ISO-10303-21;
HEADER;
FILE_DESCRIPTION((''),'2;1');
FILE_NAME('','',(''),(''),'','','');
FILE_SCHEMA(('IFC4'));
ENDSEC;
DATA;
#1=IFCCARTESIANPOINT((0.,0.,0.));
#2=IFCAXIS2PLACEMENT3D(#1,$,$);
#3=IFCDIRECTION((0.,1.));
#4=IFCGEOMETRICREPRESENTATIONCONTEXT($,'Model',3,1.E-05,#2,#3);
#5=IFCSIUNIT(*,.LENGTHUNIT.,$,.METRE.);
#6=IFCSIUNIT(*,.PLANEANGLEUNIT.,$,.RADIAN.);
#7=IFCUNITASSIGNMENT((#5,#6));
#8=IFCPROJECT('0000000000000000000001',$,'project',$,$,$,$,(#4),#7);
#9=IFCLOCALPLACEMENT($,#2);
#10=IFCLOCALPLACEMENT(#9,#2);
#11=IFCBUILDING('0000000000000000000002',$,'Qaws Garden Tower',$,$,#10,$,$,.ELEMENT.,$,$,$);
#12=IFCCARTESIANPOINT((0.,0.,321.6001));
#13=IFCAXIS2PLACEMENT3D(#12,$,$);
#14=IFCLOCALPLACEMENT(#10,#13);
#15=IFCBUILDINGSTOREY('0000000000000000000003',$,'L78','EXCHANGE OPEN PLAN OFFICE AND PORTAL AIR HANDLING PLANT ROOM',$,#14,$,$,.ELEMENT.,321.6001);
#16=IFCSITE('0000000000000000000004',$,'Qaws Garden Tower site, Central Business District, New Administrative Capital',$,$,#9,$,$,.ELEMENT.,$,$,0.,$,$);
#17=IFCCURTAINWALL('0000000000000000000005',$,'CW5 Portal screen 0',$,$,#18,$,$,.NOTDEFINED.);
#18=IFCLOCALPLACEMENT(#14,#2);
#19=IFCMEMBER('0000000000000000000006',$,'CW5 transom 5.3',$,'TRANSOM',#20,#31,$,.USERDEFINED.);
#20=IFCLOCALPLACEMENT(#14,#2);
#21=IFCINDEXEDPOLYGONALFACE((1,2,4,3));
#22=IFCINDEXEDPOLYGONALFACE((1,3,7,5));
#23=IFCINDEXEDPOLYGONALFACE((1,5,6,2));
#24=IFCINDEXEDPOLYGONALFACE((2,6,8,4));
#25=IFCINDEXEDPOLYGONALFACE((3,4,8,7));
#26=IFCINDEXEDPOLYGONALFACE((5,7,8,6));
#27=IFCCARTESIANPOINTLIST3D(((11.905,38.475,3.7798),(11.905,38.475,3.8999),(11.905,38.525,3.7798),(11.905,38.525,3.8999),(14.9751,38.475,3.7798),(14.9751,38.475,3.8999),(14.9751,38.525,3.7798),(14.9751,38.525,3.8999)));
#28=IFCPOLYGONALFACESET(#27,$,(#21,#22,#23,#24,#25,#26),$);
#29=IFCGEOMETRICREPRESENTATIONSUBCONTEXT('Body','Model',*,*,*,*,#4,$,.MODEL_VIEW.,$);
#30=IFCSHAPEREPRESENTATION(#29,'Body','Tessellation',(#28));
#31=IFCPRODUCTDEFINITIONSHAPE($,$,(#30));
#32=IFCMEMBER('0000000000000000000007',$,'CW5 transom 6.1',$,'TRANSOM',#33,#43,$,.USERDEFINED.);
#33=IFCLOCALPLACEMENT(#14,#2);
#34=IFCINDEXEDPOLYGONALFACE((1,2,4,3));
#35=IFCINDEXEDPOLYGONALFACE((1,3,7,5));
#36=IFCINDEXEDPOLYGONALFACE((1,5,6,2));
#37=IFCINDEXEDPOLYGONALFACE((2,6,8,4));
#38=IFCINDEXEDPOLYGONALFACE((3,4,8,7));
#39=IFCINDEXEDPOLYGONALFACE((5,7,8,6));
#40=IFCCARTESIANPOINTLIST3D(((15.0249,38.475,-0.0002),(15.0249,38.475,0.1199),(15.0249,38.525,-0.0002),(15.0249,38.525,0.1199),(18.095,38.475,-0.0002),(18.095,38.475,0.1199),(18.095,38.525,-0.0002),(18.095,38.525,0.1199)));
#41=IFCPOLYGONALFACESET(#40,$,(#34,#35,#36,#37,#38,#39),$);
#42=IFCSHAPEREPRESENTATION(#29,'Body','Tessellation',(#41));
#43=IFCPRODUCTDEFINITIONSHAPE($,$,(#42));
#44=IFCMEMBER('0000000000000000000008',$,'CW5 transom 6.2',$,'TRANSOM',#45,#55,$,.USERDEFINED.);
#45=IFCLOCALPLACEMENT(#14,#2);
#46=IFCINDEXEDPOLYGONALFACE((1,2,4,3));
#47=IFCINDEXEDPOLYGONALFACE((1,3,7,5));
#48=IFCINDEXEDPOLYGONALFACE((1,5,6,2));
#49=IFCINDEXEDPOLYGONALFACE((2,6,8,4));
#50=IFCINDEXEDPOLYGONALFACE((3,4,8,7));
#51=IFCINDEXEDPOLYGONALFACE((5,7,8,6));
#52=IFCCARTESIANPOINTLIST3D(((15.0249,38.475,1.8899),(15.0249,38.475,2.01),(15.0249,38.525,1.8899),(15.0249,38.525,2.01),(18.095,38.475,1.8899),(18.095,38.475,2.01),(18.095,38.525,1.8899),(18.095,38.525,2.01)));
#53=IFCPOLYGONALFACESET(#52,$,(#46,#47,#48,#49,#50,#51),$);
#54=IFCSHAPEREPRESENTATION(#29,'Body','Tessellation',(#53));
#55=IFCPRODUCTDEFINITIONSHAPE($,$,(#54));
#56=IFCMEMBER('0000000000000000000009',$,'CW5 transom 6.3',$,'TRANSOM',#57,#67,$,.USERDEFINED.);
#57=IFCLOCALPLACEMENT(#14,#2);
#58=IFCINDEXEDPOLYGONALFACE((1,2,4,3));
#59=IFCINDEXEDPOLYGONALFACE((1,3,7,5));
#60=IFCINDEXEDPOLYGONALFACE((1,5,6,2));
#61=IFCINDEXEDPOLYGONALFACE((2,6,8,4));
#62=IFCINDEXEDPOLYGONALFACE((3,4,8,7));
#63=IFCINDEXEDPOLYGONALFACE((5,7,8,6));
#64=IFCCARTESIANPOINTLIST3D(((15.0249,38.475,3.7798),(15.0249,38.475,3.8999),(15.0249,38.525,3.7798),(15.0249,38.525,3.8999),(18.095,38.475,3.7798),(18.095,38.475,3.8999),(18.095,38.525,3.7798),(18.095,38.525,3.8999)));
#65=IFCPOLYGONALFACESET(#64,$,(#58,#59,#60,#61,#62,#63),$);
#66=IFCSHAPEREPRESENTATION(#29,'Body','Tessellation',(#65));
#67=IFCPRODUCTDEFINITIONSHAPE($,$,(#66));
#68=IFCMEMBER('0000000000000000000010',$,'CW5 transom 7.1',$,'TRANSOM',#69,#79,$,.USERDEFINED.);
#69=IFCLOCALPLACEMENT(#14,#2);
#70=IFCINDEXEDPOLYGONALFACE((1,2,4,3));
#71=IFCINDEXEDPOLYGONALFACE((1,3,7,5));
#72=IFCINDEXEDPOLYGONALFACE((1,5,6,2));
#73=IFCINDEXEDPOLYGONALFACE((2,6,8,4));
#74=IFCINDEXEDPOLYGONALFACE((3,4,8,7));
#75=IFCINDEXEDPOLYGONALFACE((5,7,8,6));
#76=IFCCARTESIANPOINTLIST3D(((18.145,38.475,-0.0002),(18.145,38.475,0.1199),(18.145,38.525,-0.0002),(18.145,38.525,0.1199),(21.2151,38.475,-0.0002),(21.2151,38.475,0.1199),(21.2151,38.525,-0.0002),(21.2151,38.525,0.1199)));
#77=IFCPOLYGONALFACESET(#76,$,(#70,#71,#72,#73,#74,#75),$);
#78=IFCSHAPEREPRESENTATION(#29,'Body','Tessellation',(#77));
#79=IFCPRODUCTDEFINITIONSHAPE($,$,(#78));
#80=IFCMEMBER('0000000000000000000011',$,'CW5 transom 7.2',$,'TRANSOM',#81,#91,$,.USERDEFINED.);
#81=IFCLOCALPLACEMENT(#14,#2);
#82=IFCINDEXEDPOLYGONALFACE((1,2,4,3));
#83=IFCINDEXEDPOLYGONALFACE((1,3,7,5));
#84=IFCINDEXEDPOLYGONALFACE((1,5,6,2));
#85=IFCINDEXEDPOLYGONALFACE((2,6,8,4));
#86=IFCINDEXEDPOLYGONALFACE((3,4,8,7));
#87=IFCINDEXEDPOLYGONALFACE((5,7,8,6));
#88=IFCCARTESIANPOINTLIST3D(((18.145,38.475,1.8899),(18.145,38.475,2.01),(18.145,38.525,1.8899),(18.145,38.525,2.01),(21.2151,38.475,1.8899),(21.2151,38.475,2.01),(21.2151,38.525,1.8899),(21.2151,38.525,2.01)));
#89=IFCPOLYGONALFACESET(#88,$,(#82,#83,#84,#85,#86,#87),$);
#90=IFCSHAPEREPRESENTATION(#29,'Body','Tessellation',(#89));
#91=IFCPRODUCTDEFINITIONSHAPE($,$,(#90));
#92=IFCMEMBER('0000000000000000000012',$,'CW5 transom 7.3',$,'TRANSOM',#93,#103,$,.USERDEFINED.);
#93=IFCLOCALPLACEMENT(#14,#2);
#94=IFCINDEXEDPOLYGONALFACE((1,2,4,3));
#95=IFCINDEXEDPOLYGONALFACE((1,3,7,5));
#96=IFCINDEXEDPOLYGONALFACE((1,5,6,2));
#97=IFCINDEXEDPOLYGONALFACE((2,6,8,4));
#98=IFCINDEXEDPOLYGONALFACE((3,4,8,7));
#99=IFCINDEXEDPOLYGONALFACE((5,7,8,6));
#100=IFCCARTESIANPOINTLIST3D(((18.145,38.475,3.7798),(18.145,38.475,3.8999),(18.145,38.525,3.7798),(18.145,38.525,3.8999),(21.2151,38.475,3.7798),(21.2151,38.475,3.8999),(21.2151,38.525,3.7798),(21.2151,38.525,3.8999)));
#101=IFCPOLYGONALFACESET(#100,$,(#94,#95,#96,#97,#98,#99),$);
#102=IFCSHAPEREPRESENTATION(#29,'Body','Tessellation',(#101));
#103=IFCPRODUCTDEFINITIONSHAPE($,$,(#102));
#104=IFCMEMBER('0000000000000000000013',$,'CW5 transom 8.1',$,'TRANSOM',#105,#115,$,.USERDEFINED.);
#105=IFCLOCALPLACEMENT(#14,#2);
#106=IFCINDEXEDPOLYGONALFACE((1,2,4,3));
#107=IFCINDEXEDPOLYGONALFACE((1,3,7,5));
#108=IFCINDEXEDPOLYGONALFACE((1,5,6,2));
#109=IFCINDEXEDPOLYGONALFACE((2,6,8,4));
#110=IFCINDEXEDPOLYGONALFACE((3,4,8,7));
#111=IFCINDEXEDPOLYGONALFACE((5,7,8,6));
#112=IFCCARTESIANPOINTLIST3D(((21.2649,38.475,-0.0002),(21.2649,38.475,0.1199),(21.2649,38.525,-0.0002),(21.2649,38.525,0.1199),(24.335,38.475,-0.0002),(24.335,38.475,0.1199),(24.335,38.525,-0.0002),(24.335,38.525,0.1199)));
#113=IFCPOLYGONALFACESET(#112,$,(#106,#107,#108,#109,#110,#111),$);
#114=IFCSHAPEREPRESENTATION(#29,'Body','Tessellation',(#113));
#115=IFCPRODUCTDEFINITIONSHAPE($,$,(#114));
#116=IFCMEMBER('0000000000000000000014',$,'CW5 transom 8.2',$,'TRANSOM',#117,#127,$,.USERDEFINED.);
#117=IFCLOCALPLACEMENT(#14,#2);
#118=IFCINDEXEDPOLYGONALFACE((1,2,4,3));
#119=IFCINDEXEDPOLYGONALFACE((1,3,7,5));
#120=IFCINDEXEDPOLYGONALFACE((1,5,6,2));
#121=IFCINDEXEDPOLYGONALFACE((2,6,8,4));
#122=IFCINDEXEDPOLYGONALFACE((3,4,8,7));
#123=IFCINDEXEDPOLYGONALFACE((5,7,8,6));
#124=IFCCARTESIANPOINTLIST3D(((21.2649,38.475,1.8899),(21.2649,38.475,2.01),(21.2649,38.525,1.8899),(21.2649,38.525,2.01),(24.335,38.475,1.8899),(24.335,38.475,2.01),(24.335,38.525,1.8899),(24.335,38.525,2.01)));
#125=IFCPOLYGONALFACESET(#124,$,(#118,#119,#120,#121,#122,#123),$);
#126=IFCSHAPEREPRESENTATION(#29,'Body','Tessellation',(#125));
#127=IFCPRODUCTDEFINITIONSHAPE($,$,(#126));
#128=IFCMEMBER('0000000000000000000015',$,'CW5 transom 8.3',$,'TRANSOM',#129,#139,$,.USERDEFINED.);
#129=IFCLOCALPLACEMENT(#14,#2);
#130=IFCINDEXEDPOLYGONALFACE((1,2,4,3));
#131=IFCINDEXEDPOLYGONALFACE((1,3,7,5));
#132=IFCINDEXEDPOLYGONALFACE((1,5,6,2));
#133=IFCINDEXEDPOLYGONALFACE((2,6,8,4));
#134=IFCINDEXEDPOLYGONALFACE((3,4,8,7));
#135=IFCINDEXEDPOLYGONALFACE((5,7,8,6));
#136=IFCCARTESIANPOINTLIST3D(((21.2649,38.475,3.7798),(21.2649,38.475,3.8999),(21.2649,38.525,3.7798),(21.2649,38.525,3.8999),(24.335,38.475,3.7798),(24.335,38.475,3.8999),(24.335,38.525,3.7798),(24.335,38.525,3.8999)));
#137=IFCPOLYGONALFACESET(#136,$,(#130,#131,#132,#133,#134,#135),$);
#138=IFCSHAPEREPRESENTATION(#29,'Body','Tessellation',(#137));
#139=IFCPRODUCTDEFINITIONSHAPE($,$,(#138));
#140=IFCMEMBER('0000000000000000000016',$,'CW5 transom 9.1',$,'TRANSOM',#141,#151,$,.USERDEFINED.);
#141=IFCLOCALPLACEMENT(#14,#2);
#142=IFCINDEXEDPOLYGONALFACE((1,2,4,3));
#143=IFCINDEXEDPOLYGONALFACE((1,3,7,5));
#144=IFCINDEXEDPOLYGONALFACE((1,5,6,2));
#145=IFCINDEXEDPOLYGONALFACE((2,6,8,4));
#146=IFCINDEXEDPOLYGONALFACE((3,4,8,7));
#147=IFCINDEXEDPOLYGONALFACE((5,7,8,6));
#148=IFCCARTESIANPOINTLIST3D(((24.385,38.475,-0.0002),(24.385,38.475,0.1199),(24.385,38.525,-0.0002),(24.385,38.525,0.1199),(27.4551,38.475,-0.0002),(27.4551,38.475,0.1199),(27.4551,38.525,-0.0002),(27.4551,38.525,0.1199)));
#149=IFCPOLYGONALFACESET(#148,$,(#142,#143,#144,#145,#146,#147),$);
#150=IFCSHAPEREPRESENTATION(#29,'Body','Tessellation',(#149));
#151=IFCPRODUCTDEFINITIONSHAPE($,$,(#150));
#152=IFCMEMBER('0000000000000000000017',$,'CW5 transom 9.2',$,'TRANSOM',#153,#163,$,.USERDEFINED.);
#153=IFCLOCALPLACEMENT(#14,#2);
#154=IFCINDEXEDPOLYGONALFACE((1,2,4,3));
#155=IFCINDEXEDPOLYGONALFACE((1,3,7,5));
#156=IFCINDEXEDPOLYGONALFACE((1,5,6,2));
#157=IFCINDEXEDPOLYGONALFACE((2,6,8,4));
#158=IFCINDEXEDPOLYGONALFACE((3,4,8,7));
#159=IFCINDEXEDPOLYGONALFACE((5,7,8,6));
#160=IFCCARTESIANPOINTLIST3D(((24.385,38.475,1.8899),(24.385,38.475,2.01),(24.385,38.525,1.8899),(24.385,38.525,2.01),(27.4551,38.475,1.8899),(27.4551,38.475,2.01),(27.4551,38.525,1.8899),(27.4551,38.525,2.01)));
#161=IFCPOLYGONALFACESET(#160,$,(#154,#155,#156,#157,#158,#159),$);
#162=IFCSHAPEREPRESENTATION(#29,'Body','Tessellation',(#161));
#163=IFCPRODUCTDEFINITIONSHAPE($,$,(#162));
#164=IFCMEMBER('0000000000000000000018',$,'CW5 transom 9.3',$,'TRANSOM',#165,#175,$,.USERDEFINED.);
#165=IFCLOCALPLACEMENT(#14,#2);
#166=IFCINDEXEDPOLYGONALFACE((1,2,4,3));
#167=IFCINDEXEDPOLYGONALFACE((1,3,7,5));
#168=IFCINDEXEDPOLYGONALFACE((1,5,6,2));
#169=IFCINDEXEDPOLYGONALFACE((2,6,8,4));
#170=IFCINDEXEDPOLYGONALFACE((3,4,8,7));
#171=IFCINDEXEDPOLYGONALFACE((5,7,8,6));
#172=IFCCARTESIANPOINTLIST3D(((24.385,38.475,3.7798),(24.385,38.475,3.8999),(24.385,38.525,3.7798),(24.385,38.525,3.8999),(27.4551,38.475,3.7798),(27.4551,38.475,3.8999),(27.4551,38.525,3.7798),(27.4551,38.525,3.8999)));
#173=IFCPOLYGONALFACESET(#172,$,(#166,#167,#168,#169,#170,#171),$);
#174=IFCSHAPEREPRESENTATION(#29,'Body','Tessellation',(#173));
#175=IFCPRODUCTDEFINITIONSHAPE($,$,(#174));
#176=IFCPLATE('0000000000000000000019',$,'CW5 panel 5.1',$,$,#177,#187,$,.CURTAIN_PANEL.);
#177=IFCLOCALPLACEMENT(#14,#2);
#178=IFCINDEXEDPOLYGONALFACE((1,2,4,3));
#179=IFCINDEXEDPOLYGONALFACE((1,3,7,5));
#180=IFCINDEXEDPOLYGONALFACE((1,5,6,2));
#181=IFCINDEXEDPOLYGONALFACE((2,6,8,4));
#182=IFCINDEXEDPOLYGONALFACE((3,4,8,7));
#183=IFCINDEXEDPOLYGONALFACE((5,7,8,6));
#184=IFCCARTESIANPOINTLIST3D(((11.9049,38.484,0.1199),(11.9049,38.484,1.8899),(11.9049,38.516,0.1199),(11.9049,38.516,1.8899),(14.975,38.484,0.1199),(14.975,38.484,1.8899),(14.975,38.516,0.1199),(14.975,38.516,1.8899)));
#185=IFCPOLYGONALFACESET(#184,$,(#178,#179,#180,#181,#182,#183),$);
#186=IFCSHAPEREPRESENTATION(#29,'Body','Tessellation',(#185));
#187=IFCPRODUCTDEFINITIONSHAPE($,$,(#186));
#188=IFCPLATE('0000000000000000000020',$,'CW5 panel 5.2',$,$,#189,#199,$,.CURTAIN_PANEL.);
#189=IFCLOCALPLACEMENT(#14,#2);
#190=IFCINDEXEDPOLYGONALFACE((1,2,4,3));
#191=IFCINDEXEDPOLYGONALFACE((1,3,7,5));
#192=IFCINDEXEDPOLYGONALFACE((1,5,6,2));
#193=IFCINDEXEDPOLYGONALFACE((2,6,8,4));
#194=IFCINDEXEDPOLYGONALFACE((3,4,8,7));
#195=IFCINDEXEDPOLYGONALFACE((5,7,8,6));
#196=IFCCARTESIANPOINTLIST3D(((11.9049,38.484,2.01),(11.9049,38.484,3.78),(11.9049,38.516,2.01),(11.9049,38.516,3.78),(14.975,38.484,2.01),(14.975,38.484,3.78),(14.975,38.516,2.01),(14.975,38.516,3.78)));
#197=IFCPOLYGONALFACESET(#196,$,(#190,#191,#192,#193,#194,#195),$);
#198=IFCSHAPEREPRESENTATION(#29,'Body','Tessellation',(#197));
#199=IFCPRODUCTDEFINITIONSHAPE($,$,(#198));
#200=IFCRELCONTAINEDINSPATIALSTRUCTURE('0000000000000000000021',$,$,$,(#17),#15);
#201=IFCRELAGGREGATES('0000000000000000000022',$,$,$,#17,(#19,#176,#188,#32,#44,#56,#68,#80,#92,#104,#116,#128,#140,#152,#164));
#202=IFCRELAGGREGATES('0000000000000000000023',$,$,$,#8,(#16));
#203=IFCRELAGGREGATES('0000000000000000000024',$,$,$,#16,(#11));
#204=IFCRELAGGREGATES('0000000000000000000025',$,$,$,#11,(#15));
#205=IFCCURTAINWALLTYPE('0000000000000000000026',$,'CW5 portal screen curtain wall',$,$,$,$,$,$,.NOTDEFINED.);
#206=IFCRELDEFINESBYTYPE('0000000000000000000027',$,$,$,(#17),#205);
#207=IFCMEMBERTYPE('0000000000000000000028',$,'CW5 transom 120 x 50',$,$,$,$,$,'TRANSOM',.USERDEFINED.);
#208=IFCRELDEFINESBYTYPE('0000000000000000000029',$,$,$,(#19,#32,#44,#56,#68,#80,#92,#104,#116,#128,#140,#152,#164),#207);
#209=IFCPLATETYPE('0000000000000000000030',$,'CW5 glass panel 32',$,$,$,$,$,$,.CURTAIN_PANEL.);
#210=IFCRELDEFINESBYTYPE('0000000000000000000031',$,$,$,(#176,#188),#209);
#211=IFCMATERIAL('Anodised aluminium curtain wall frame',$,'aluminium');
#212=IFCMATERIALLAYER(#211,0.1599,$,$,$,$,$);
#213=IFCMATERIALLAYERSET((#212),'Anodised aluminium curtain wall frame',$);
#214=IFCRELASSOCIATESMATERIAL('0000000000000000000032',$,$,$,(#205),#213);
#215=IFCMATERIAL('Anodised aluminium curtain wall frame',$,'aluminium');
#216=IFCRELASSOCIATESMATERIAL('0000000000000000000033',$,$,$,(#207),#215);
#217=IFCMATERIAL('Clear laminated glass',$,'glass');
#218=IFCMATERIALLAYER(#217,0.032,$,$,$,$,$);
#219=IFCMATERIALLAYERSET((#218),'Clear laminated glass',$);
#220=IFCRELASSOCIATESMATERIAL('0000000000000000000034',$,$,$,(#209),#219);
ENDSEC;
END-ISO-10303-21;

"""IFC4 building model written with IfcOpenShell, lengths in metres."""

from ifc_helpers import new_model, si_unit, direction, frame, origin, origin_2d, place, context, subcontext, project, spatial, rectangle, extrude, material, layer, layer_set, material_profile, profile_set, type_object, element, aggregate, save


model = new_model("IFC4")

# Units and contexts
model_context = context("Model", 3, precision=1e-05, world=origin(), true_north=direction((0.0, 1.0)))
body_context = subcontext(model_context, "Body", "Model", "MODEL_VIEW")
ifc_project = project(units=[si_unit("LENGTHUNIT", "METRE"), si_unit("PLANEANGLEUNIT", "RADIAN")], contexts=[model_context])

# Site, building, storey
site_placement = place(None, origin())
site = spatial("IfcSite", under=ifc_project, at=site_placement, Name="Qaws Garden Tower site, Central Business District, New Administrative Capital", CompositionType="ELEMENT", RefElevation=0.0)
building_placement = place(site_placement, origin())
building = spatial("IfcBuilding", under=site, at=building_placement, Name="Qaws Garden Tower", CompositionType="ELEMENT")
storey_placement = place(building_placement, frame((0.0, 0.0, 321.6001)))
storey = spatial("IfcBuildingStorey", under=building, at=storey_placement, Name="L78", Description="EXCHANGE OPEN PLAN OFFICE AND PORTAL AIR HANDLING PLANT ROOM", CompositionType="ELEMENT", Elevation=321.6001)

# Curtain wall, members, plates
ifc_material_1 = material(Name="Anodised aluminium curtain wall frame", Category="aluminium")
ifc_layer_1 = layer(ifc_material_1, 0.1599)
ifc_layer_set_1 = layer_set([ifc_layer_1], Name="Anodised aluminium curtain wall frame")
curtain_wall_type = type_object("IfcCurtainWallType", Name="CW5 portal screen curtain wall", PredefinedType="NOTDEFINED", material=ifc_layer_set_1)
curtain_wall_placement = place(storey_placement, origin())
curtain_wall = element("IfcCurtainWall", 1, at=curtain_wall_placement, inside=storey, type_object=curtain_wall_type, Name="CW5 Portal screen 0", PredefinedType="NOTDEFINED")
ifc_material_2 = material(Name="Anodised aluminium curtain wall frame", Category="aluminium")
ifc_material_profile = material_profile(ifc_material_2, rectangle(XDim=0.05, YDim=0.1201, at=origin_2d()), Name="AL 50x120")
ifc_profile_set = profile_set([ifc_material_profile], Name="Anodised aluminium curtain wall frame")
member_type = type_object("IfcMemberType", Name="CW5 transom 120 x 50", ElementType="TRANSOM", PredefinedType="USERDEFINED", material=ifc_profile_set)
member_1_placement = place(storey_placement, frame((11.905, 38.5, 3.8398), z_axis=(1.0, 0.0, 0.0), x_axis=(0.0, 1.0, 0.0)))
member_1 = element("IfcMember", 2, at=member_1_placement, type_object=member_type, Name="CW5 transom 5.3", ObjectType="TRANSOM", PredefinedType="USERDEFINED", context=body_context, shape_type="SweptSolid", body=[
    extrude(rectangle(XDim=0.05, YDim=0.1201, at=origin_2d()), origin(), (0.0, 0.0, 1.0), 3.0701),
])
member_2_placement = place(storey_placement, frame((15.0249, 38.5, 0.0598), z_axis=(1.0, 0.0, 0.0), x_axis=(0.0, 1.0, 0.0)))
member_2 = element("IfcMember", 3, at=member_2_placement, type_object=member_type, Name="CW5 transom 6.1", ObjectType="TRANSOM", PredefinedType="USERDEFINED", context=body_context, shape_type="SweptSolid", body=[
    extrude(rectangle(XDim=0.05, YDim=0.1201, at=origin_2d()), origin(), (0.0, 0.0, 1.0), 3.0701),
])
member_3_placement = place(storey_placement, frame((15.0249, 38.5, 1.95), z_axis=(1.0, 0.0, 0.0), x_axis=(0.0, 1.0, 0.0)))
member_3 = element("IfcMember", 4, at=member_3_placement, type_object=member_type, Name="CW5 transom 6.2", ObjectType="TRANSOM", PredefinedType="USERDEFINED", context=body_context, shape_type="SweptSolid", body=[
    extrude(rectangle(XDim=0.05, YDim=0.1201, at=origin_2d()), origin(), (0.0, 0.0, 1.0), 3.0701),
])
member_4_placement = place(storey_placement, frame((15.0249, 38.5, 3.8398), z_axis=(1.0, 0.0, 0.0), x_axis=(0.0, 1.0, 0.0)))
member_4 = element("IfcMember", 5, at=member_4_placement, type_object=member_type, Name="CW5 transom 6.3", ObjectType="TRANSOM", PredefinedType="USERDEFINED", context=body_context, shape_type="SweptSolid", body=[
    extrude(rectangle(XDim=0.05, YDim=0.1201, at=origin_2d()), origin(), (0.0, 0.0, 1.0), 3.0701),
])
member_5_placement = place(storey_placement, frame((18.145, 38.5, 0.0598), z_axis=(1.0, 0.0, 0.0), x_axis=(0.0, 1.0, 0.0)))
member_5 = element("IfcMember", 6, at=member_5_placement, type_object=member_type, Name="CW5 transom 7.1", ObjectType="TRANSOM", PredefinedType="USERDEFINED", context=body_context, shape_type="SweptSolid", body=[
    extrude(rectangle(XDim=0.05, YDim=0.1201, at=origin_2d()), origin(), (0.0, 0.0, 1.0), 3.0701),
])
member_6_placement = place(storey_placement, frame((18.145, 38.5, 1.95), z_axis=(1.0, 0.0, 0.0), x_axis=(0.0, 1.0, 0.0)))
member_6 = element("IfcMember", 7, at=member_6_placement, type_object=member_type, Name="CW5 transom 7.2", ObjectType="TRANSOM", PredefinedType="USERDEFINED", context=body_context, shape_type="SweptSolid", body=[
    extrude(rectangle(XDim=0.05, YDim=0.1201, at=origin_2d()), origin(), (0.0, 0.0, 1.0), 3.0701),
])
member_7_placement = place(storey_placement, frame((18.145, 38.5, 3.8398), z_axis=(1.0, 0.0, 0.0), x_axis=(0.0, 1.0, 0.0)))
member_7 = element("IfcMember", 8, at=member_7_placement, type_object=member_type, Name="CW5 transom 7.3", ObjectType="TRANSOM", PredefinedType="USERDEFINED", context=body_context, shape_type="SweptSolid", body=[
    extrude(rectangle(XDim=0.05, YDim=0.1201, at=origin_2d()), origin(), (0.0, 0.0, 1.0), 3.0701),
])
member_8_placement = place(storey_placement, frame((21.2649, 38.5, 0.0598), z_axis=(1.0, 0.0, 0.0), x_axis=(0.0, 1.0, 0.0)))
member_8 = element("IfcMember", 9, at=member_8_placement, type_object=member_type, Name="CW5 transom 8.1", ObjectType="TRANSOM", PredefinedType="USERDEFINED", context=body_context, shape_type="SweptSolid", body=[
    extrude(rectangle(XDim=0.05, YDim=0.1201, at=origin_2d()), origin(), (0.0, 0.0, 1.0), 3.0701),
])
member_9_placement = place(storey_placement, frame((21.2649, 38.5, 1.95), z_axis=(1.0, 0.0, 0.0), x_axis=(0.0, 1.0, 0.0)))
member_9 = element("IfcMember", 10, at=member_9_placement, type_object=member_type, Name="CW5 transom 8.2", ObjectType="TRANSOM", PredefinedType="USERDEFINED", context=body_context, shape_type="SweptSolid", body=[
    extrude(rectangle(XDim=0.05, YDim=0.1201, at=origin_2d()), origin(), (0.0, 0.0, 1.0), 3.0701),
])
member_10_placement = place(storey_placement, frame((21.2649, 38.5, 3.8398), z_axis=(1.0, 0.0, 0.0), x_axis=(0.0, 1.0, 0.0)))
member_10 = element("IfcMember", 11, at=member_10_placement, type_object=member_type, Name="CW5 transom 8.3", ObjectType="TRANSOM", PredefinedType="USERDEFINED", context=body_context, shape_type="SweptSolid", body=[
    extrude(rectangle(XDim=0.05, YDim=0.1201, at=origin_2d()), origin(), (0.0, 0.0, 1.0), 3.0701),
])
member_11_placement = place(storey_placement, frame((24.385, 38.5, 0.0598), z_axis=(1.0, 0.0, 0.0), x_axis=(0.0, 1.0, 0.0)))
member_11 = element("IfcMember", 12, at=member_11_placement, type_object=member_type, Name="CW5 transom 9.1", ObjectType="TRANSOM", PredefinedType="USERDEFINED", context=body_context, shape_type="SweptSolid", body=[
    extrude(rectangle(XDim=0.05, YDim=0.1201, at=origin_2d()), origin(), (0.0, 0.0, 1.0), 3.0701),
])
member_12_placement = place(storey_placement, frame((24.385, 38.5, 1.95), z_axis=(1.0, 0.0, 0.0), x_axis=(0.0, 1.0, 0.0)))
member_12 = element("IfcMember", 13, at=member_12_placement, type_object=member_type, Name="CW5 transom 9.2", ObjectType="TRANSOM", PredefinedType="USERDEFINED", context=body_context, shape_type="SweptSolid", body=[
    extrude(rectangle(XDim=0.05, YDim=0.1201, at=origin_2d()), origin(), (0.0, 0.0, 1.0), 3.0701),
])
member_13_placement = place(storey_placement, frame((24.385, 38.5, 3.8398), z_axis=(1.0, 0.0, 0.0), x_axis=(0.0, 1.0, 0.0)))
member_13 = element("IfcMember", 14, at=member_13_placement, type_object=member_type, Name="CW5 transom 9.3", ObjectType="TRANSOM", PredefinedType="USERDEFINED", context=body_context, shape_type="SweptSolid", body=[
    extrude(rectangle(XDim=0.05, YDim=0.1201, at=origin_2d()), origin(), (0.0, 0.0, 1.0), 3.0701),
])
ifc_material_3 = material(Name="Clear laminated glass", Category="glass")
ifc_layer_2 = layer(ifc_material_3, 0.032)
ifc_layer_set_2 = layer_set([ifc_layer_2], Name="Clear laminated glass")
plate_type = type_object("IfcPlateType", Name="CW5 glass panel 32", PredefinedType="CURTAIN_PANEL", material=ifc_layer_set_2)
plate_1_placement = place(storey_placement, frame((13.4399, 38.5, 0.1199), z_axis=(0.0, 0.0, 1.0), x_axis=(1.0, 0.0, 0.0)))
plate_1 = element("IfcPlate", 15, at=plate_1_placement, type_object=plate_type, Name="CW5 panel 5.1", PredefinedType="CURTAIN_PANEL", context=body_context, shape_type="SweptSolid", body=[
    extrude(rectangle(XDim=3.0701, YDim=0.032, at=origin_2d()), origin(), (0.0, 0.0, 1.0), 1.77),
])
plate_2_placement = place(storey_placement, frame((13.4399, 38.5, 2.01), z_axis=(0.0, 0.0, 1.0), x_axis=(1.0, 0.0, 0.0)))
plate_2 = element("IfcPlate", 16, at=plate_2_placement, type_object=plate_type, Name="CW5 panel 5.2", PredefinedType="CURTAIN_PANEL", context=body_context, shape_type="SweptSolid", body=[
    extrude(rectangle(XDim=3.0701, YDim=0.032, at=origin_2d()), origin(), (0.0, 0.0, 1.0), 1.77),
])
aggregate(curtain_wall, [member_1, plate_1, plate_2, member_2, member_3, member_4, member_5, member_6, member_7, member_8, member_9, member_10, member_11, member_12, member_13])

save(model, "model.ifc")
